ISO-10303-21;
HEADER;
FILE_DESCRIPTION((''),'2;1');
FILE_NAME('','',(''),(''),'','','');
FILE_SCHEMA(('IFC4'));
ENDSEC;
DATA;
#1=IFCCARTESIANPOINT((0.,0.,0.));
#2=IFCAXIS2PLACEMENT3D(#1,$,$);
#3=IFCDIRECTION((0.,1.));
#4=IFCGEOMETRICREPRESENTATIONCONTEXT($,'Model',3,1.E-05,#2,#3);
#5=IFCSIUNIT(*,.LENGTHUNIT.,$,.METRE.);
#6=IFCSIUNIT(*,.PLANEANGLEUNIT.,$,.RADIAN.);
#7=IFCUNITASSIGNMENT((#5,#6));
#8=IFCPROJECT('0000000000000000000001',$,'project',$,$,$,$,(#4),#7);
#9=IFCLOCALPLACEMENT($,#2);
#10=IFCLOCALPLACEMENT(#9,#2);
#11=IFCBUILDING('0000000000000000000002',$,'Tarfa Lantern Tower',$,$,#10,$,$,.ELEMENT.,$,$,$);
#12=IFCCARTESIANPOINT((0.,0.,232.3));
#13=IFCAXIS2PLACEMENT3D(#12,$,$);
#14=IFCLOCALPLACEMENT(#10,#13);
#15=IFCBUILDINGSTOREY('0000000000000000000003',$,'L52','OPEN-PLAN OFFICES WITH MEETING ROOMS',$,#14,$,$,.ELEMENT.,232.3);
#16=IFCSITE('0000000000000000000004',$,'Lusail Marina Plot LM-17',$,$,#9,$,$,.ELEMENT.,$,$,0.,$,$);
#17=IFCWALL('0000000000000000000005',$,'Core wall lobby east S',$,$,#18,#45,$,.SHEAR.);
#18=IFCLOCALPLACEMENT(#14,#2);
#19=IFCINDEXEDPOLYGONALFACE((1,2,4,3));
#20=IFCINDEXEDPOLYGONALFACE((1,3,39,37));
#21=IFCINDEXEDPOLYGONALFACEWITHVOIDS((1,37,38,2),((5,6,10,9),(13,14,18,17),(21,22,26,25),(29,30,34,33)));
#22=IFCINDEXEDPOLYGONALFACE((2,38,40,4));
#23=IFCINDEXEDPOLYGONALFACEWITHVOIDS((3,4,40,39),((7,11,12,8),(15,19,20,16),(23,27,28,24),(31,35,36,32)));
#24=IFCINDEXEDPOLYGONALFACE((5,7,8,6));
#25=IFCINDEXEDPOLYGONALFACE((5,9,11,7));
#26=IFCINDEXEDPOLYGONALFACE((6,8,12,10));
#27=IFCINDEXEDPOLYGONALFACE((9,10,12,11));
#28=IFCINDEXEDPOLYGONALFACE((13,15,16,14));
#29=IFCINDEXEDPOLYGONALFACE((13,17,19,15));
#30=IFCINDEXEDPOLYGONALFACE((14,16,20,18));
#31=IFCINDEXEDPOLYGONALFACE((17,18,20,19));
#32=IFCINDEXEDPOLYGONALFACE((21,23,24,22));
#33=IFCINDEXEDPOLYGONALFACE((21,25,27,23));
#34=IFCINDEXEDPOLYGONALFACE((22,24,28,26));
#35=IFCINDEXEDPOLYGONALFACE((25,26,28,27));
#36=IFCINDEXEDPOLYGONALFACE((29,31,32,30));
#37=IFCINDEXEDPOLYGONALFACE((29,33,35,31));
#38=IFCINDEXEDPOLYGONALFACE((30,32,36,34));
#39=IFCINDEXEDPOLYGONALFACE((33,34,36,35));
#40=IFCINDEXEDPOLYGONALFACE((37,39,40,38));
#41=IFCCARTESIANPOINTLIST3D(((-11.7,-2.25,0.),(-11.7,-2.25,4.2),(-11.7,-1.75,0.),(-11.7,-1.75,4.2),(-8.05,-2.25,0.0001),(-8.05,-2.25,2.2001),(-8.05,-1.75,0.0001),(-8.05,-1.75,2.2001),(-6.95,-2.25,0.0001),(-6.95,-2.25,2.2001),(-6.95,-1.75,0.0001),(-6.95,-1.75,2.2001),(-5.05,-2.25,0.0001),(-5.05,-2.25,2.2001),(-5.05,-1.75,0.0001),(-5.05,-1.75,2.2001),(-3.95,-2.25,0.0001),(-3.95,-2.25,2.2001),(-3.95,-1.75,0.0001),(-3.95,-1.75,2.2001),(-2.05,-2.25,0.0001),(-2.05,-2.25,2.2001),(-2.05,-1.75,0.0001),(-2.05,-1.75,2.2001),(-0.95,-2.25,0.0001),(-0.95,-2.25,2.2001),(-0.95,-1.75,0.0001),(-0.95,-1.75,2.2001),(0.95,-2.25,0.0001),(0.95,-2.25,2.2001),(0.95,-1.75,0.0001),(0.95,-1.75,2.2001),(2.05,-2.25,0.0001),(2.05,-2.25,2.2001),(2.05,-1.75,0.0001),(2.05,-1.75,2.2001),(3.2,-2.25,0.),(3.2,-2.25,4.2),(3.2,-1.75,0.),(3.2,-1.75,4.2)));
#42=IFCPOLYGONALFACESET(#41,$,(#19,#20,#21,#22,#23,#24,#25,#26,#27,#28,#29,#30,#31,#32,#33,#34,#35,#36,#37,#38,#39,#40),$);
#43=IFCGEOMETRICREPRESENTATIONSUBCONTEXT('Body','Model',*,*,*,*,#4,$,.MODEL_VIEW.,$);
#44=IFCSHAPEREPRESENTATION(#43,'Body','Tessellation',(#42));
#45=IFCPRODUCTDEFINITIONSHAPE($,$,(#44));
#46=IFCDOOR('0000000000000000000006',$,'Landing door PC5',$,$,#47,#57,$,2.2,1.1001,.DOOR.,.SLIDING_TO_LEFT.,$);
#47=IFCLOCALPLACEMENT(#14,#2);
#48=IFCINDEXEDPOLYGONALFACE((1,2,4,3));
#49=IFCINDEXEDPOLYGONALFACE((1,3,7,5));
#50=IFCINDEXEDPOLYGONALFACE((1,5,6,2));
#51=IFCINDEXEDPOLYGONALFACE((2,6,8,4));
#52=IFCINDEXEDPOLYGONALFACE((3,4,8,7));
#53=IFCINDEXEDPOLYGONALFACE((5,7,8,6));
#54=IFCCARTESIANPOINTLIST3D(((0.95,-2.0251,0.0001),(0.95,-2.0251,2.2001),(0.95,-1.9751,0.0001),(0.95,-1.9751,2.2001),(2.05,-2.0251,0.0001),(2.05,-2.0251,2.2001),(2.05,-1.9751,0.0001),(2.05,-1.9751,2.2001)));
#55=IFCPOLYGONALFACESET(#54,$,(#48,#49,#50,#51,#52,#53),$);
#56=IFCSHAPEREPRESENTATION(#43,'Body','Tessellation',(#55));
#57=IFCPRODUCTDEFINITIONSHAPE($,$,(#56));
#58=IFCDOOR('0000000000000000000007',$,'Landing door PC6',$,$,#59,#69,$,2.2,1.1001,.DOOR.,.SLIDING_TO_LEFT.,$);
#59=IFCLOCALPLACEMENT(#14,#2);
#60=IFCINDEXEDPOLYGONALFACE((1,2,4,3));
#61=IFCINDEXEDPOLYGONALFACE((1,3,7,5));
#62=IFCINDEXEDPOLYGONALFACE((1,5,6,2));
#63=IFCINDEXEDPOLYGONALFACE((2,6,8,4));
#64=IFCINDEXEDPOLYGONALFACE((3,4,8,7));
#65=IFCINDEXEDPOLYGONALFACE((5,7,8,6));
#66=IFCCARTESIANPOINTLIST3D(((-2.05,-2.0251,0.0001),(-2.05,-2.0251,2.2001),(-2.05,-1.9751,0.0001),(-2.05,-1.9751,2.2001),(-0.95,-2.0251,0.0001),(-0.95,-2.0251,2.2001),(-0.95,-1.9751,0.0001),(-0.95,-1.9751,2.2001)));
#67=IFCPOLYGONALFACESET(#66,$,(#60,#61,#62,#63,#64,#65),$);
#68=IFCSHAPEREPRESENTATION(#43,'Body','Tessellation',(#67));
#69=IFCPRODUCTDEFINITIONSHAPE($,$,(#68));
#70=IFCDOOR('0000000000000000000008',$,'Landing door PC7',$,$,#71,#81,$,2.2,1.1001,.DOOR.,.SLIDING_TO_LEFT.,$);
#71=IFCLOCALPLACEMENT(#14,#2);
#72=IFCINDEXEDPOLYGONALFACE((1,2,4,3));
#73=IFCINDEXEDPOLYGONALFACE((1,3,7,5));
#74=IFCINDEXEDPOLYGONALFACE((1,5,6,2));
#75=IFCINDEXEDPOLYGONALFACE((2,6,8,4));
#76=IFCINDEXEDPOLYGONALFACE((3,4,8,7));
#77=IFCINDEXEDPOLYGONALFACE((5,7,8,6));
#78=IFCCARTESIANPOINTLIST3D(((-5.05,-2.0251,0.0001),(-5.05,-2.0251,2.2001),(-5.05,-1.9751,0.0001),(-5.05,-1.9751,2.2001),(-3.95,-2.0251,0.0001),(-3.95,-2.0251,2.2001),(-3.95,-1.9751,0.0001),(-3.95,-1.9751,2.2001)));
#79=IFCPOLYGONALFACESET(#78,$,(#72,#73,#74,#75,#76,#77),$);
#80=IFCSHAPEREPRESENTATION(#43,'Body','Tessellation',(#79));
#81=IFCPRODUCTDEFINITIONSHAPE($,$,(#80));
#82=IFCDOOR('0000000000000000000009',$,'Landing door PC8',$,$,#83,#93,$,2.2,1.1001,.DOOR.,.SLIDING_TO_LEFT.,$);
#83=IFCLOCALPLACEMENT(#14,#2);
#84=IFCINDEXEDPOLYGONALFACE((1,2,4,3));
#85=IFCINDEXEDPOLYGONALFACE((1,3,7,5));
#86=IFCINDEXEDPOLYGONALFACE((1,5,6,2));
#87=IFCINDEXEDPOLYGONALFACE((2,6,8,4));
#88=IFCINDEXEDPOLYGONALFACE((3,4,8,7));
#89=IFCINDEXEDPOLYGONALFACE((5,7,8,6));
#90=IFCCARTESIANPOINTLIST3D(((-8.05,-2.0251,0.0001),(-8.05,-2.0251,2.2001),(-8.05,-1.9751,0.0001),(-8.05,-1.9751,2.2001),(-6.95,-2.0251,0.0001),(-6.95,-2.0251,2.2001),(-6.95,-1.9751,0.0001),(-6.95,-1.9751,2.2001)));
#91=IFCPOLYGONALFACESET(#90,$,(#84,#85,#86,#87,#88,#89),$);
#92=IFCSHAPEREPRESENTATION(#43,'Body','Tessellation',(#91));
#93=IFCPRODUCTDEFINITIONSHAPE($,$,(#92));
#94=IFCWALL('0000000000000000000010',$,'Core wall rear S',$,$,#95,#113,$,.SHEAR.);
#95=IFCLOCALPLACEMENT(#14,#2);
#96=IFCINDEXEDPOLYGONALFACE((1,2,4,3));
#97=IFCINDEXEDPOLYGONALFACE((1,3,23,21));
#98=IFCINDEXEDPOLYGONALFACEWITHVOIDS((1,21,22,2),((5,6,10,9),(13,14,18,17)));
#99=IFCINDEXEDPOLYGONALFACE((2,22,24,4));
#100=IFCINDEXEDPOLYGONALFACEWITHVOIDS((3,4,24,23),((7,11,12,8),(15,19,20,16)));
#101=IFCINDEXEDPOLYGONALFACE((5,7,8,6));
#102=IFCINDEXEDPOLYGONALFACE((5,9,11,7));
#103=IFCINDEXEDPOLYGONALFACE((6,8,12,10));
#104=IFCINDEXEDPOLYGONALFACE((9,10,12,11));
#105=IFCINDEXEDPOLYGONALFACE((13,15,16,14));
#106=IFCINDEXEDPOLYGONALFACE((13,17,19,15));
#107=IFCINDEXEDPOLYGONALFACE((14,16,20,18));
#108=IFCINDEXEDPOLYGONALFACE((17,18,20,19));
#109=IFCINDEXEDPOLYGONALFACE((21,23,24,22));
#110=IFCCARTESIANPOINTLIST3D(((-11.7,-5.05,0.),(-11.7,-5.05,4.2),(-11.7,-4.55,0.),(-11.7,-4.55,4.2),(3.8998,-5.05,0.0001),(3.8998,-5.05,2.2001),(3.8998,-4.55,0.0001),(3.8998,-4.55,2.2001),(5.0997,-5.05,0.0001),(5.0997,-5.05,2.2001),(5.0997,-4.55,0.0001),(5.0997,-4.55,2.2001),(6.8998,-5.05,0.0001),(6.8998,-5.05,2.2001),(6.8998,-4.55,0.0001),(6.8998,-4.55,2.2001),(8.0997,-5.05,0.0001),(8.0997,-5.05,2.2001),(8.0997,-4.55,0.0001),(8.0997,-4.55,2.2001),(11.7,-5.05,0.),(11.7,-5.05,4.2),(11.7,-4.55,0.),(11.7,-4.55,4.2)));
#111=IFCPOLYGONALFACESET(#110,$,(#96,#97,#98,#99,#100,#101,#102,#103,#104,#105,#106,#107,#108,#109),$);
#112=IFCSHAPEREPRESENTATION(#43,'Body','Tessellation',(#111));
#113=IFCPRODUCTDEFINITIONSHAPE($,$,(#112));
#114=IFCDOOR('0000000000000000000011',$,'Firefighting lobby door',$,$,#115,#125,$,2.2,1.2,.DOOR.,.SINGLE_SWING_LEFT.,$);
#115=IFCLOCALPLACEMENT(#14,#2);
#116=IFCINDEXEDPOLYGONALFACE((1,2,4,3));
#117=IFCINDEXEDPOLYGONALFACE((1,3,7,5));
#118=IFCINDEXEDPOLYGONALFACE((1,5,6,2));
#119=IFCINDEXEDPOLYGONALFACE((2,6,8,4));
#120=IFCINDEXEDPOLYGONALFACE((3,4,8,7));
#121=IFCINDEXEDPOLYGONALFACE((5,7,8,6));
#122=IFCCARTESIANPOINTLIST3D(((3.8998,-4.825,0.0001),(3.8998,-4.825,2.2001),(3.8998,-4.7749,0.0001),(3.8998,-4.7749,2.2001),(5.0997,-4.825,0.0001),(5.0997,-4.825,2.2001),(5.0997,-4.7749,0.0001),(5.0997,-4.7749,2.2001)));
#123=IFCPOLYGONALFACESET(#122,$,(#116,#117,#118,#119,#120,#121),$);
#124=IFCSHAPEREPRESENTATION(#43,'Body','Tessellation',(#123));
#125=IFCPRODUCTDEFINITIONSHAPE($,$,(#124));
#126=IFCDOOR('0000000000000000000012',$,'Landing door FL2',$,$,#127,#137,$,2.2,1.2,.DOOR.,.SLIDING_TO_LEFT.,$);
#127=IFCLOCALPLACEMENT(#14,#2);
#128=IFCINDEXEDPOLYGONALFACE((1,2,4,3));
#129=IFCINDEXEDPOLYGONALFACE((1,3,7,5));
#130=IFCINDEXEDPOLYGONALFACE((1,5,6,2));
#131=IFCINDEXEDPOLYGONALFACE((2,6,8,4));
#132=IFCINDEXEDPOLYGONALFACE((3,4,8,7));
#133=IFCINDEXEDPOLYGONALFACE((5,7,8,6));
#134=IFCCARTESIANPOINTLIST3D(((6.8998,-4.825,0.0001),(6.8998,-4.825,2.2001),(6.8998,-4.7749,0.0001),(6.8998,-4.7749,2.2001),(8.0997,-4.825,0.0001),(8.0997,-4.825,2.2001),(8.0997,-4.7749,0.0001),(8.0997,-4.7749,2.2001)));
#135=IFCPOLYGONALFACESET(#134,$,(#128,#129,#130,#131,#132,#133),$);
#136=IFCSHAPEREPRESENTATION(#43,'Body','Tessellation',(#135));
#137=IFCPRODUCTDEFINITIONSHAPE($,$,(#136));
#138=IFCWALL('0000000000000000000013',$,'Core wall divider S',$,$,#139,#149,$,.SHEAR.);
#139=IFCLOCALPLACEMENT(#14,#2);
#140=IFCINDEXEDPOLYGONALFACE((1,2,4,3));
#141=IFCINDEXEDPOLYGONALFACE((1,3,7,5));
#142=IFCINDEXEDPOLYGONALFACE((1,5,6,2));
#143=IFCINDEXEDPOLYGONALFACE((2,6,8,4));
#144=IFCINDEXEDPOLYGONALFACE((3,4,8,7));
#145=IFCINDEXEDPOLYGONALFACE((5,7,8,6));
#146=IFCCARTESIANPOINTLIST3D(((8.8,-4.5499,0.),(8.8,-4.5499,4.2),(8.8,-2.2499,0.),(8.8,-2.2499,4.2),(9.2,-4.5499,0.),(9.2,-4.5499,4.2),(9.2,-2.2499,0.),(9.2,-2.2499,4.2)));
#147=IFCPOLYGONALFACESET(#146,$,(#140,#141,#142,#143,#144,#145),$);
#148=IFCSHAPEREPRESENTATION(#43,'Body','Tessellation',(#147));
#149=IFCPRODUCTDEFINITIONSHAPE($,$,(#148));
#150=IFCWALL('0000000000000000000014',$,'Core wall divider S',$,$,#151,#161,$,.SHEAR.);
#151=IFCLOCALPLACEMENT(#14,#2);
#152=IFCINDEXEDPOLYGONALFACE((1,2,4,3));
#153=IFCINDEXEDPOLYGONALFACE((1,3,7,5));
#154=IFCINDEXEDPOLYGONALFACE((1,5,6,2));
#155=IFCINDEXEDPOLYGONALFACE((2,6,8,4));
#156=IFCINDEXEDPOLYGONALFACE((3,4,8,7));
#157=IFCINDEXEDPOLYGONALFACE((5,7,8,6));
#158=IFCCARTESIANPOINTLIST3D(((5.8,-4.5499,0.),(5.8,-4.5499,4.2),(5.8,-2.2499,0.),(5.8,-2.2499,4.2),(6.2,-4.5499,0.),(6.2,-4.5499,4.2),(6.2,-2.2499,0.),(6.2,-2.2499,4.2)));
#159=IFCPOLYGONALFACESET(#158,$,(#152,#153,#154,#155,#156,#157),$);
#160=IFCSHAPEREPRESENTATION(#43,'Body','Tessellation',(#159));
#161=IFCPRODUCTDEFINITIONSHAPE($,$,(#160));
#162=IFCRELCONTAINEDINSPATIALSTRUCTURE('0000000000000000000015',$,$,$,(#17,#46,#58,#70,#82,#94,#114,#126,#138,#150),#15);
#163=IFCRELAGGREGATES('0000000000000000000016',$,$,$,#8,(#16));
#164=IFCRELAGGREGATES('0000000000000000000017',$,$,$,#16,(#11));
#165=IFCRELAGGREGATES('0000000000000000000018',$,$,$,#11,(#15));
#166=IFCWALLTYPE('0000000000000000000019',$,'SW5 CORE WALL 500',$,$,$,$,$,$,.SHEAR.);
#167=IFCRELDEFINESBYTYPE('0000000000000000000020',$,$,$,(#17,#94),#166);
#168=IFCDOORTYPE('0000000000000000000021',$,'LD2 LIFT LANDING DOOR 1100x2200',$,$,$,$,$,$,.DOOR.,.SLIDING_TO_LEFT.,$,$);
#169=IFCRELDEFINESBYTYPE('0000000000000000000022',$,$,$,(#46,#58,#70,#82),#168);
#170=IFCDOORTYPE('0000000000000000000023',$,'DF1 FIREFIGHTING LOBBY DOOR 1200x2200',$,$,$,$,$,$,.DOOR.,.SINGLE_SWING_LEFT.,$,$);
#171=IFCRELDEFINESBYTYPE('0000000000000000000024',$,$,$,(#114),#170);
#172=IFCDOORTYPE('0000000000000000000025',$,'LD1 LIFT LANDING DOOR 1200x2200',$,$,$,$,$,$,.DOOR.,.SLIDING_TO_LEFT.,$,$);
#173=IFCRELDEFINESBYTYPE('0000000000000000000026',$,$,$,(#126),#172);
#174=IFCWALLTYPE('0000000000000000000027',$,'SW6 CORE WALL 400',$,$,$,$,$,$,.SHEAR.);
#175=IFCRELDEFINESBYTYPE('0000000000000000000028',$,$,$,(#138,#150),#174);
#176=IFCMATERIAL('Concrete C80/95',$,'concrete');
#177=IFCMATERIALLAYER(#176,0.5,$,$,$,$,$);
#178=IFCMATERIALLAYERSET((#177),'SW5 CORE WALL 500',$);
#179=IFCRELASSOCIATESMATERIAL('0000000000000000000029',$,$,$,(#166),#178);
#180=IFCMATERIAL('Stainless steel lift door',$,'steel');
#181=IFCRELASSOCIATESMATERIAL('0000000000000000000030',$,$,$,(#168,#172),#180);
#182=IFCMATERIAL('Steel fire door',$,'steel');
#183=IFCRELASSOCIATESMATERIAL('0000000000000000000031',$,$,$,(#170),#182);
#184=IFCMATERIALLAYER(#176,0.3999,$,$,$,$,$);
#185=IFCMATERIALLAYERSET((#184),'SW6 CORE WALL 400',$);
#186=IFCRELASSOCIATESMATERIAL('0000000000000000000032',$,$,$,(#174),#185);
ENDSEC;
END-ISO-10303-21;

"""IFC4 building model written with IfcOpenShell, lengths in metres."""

from ifc_helpers import new_model, si_unit, direction, frame, frame_2d, origin, place, context, subcontext, project, spatial, rectangle, extrude, material, layer, layer_set, type_object, element, fill, save


model = new_model("IFC4")

# Units and contexts
model_context = context("Model", 3, precision=1e-05, world=origin(), true_north=direction((0.0, 1.0)))
body_context = subcontext(model_context, "Body", "Model", "MODEL_VIEW")
ifc_project = project(units=[si_unit("LENGTHUNIT", "METRE"), si_unit("PLANEANGLEUNIT", "RADIAN")], contexts=[model_context])

# Site, building, storey
site_placement = place(None, origin())
site = spatial("IfcSite", under=ifc_project, at=site_placement, Name="Lusail Marina Plot LM-17", CompositionType="ELEMENT", RefElevation=0.0)
building_placement = place(site_placement, origin())
building = spatial("IfcBuilding", under=site, at=building_placement, Name="Tarfa Lantern Tower", CompositionType="ELEMENT")
storey_placement = place(building_placement, frame((0.0, 0.0, 232.3)))
storey = spatial("IfcBuildingStorey", under=building, at=storey_placement, Name="L52", Description="OPEN-PLAN OFFICES WITH MEETING ROOMS", CompositionType="ELEMENT", Elevation=232.3)

# Shared definitions
ifc_material_1 = material(Name="Concrete C80/95", Category="concrete")

# Shared definitions
ifc_material_2 = material(Name="Steel fire door", Category="steel")

# Shared definitions
ifc_layer_1 = layer(ifc_material_1, 0.5)
ifc_layer_set_1 = layer_set([ifc_layer_1], Name="SW5 CORE WALL 500")
wall_type_1 = type_object("IfcWallType", Name="SW5 CORE WALL 500", PredefinedType="SHEAR", material=ifc_layer_set_1)

# Walls, openings, doors
wall_1_placement = place(storey_placement, frame((3.2, -2.0, 0.0), z_axis=(0.0, 0.0, 1.0), x_axis=(-1.0, 0.0, 0.0)))
wall_1 = element("IfcWall", 1, at=wall_1_placement, inside=storey, type_object=wall_type_1, Name="Core wall lobby east S", PredefinedType="SHEAR", context=body_context, shape_type="SweptSolid", body=[
    extrude(rectangle(XDim=14.8999, YDim=0.5, at=frame_2d((7.45, 0.0))), origin(), (0.0, 0.0, 1.0), 4.2),
])
opening_1_placement = place(wall_1_placement, frame((1.1499, 0.0, 0.0)))
opening_1 = element("IfcOpeningElement", 2, at=opening_1_placement, cuts=wall_1, PredefinedType="OPENING", context=body_context, shape_type="SweptSolid", body=[
    extrude(rectangle(XDim=1.1001, YDim=2.2, at=frame_2d((0.55, 1.1001))), frame((0.0, 0.26, 0.0), z_axis=(0.0, -1.0, 0.0), x_axis=(1.0, 0.0, 0.0)), (0.0, 0.0, 1.0), 0.52),
])
opening_2_placement = place(wall_1_placement, frame((4.1499, 0.0, 0.0)))
opening_2 = element("IfcOpeningElement", 3, at=opening_2_placement, cuts=wall_1, PredefinedType="OPENING", context=body_context, shape_type="SweptSolid", body=[
    extrude(rectangle(XDim=1.1001, YDim=2.2, at=frame_2d((0.55, 1.1001))), frame((0.0, 0.26, 0.0), z_axis=(0.0, -1.0, 0.0), x_axis=(1.0, 0.0, 0.0)), (0.0, 0.0, 1.0), 0.52),
])
opening_3_placement = place(wall_1_placement, frame((7.1499, 0.0, 0.0)))
opening_3 = element("IfcOpeningElement", 4, at=opening_3_placement, cuts=wall_1, PredefinedType="OPENING", context=body_context, shape_type="SweptSolid", body=[
    extrude(rectangle(XDim=1.1001, YDim=2.2, at=frame_2d((0.55, 1.1001))), frame((0.0, 0.26, 0.0), z_axis=(0.0, -1.0, 0.0), x_axis=(1.0, 0.0, 0.0)), (0.0, 0.0, 1.0), 0.52),
])
opening_4_placement = place(wall_1_placement, frame((10.1499, 0.0, 0.0)))
opening_4 = element("IfcOpeningElement", 5, at=opening_4_placement, cuts=wall_1, PredefinedType="OPENING", context=body_context, shape_type="SweptSolid", body=[
    extrude(rectangle(XDim=1.1001, YDim=2.2, at=frame_2d((0.55, 1.1001))), frame((0.0, 0.26, 0.0), z_axis=(0.0, -1.0, 0.0), x_axis=(1.0, 0.0, 0.0)), (0.0, 0.0, 1.0), 0.52),
])
ifc_material_3 = material(Name="Stainless steel lift door", Category="steel")
door_type_1 = type_object("IfcDoorType", Name="LD2 LIFT LANDING DOOR 1100x2200", OperationType="SLIDING_TO_LEFT", PredefinedType="DOOR", material=ifc_material_3)
door_1_placement = place(opening_1_placement, frame((1.1001, 0.0, 0.0), z_axis=(0.0, 0.0, 1.0), x_axis=(-1.0, 0.0, 0.0)))
door_1 = element("IfcDoor", 6, at=door_1_placement, inside=storey, type_object=door_type_1, Name="Landing door PC5", OperationType="SLIDING_TO_LEFT", OverallHeight=2.2, OverallWidth=1.1001, PredefinedType="DOOR", context=body_context, shape_type="SweptSolid", body=[
    extrude(rectangle(XDim=1.1001, YDim=2.2, at=frame_2d((0.55, 1.1001))), frame((0.0, 0.0249, 0.0), z_axis=(0.0, -1.0, 0.0), x_axis=(1.0, 0.0, 0.0)), (0.0, 0.0, 1.0), 0.05),
])
fill(opening_1, door_1)
door_2_placement = place(opening_2_placement, frame((1.1001, 0.0, 0.0), z_axis=(0.0, 0.0, 1.0), x_axis=(-1.0, 0.0, 0.0)))
door_2 = element("IfcDoor", 7, at=door_2_placement, inside=storey, type_object=door_type_1, Name="Landing door PC6", OperationType="SLIDING_TO_LEFT", OverallHeight=2.2, OverallWidth=1.1001, PredefinedType="DOOR", context=body_context, shape_type="SweptSolid", body=[
    extrude(rectangle(XDim=1.1001, YDim=2.2, at=frame_2d((0.55, 1.1001))), frame((0.0, 0.0249, 0.0), z_axis=(0.0, -1.0, 0.0), x_axis=(1.0, 0.0, 0.0)), (0.0, 0.0, 1.0), 0.05),
])
fill(opening_2, door_2)
door_3_placement = place(opening_3_placement, frame((1.1001, 0.0, 0.0), z_axis=(0.0, 0.0, 1.0), x_axis=(-1.0, 0.0, 0.0)))
door_3 = element("IfcDoor", 8, at=door_3_placement, inside=storey, type_object=door_type_1, Name="Landing door PC7", OperationType="SLIDING_TO_LEFT", OverallHeight=2.2, OverallWidth=1.1001, PredefinedType="DOOR", context=body_context, shape_type="SweptSolid", body=[
    extrude(rectangle(XDim=1.1001, YDim=2.2, at=frame_2d((0.55, 1.1001))), frame((0.0, 0.0249, 0.0), z_axis=(0.0, -1.0, 0.0), x_axis=(1.0, 0.0, 0.0)), (0.0, 0.0, 1.0), 0.05),
])
fill(opening_3, door_3)
door_4_placement = place(opening_4_placement, frame((1.1001, 0.0, 0.0), z_axis=(0.0, 0.0, 1.0), x_axis=(-1.0, 0.0, 0.0)))
door_4 = element("IfcDoor", 9, at=door_4_placement, inside=storey, type_object=door_type_1, Name="Landing door PC8", OperationType="SLIDING_TO_LEFT", OverallHeight=2.2, OverallWidth=1.1001, PredefinedType="DOOR", context=body_context, shape_type="SweptSolid", body=[
    extrude(rectangle(XDim=1.1001, YDim=2.2, at=frame_2d((0.55, 1.1001))), frame((0.0, 0.0249, 0.0), z_axis=(0.0, -1.0, 0.0), x_axis=(1.0, 0.0, 0.0)), (0.0, 0.0, 1.0), 0.05),
])
fill(opening_4, door_4)
wall_2_placement = place(storey_placement, frame((11.7, -4.8, 0.0), z_axis=(0.0, 0.0, 1.0), x_axis=(-1.0, 0.0, 0.0)))
wall_2 = element("IfcWall", 10, at=wall_2_placement, inside=storey, type_object=wall_type_1, Name="Core wall rear S", PredefinedType="SHEAR", context=body_context, shape_type="SweptSolid", body=[
    extrude(rectangle(XDim=23.3999, YDim=0.5, at=frame_2d((11.7, 0.0))), origin(), (0.0, 0.0, 1.0), 4.2),
])
opening_5_placement = place(wall_2_placement, frame((6.6001, 0.0, 0.0)))
opening_5 = element("IfcOpeningElement", 11, at=opening_5_placement, cuts=wall_2, PredefinedType="OPENING", context=body_context, shape_type="SweptSolid", body=[
    extrude(rectangle(XDim=1.2, YDim=2.2, at=frame_2d((0.6001, 1.1001))), frame((0.0, 0.26, 0.0), z_axis=(0.0, -1.0, 0.0), x_axis=(1.0, 0.0, 0.0)), (0.0, 0.0, 1.0), 0.52),
])
opening_6_placement = place(wall_2_placement, frame((3.6001, 0.0, 0.0)))
opening_6 = element("IfcOpeningElement", 12, at=opening_6_placement, cuts=wall_2, PredefinedType="OPENING", context=body_context, shape_type="SweptSolid", body=[
    extrude(rectangle(XDim=1.2, YDim=2.2, at=frame_2d((0.6001, 1.1001))), frame((0.0, 0.26, 0.0), z_axis=(0.0, -1.0, 0.0), x_axis=(1.0, 0.0, 0.0)), (0.0, 0.0, 1.0), 0.52),
])
door_type_2 = type_object("IfcDoorType", Name="DF1 FIREFIGHTING LOBBY DOOR 1200x2200", OperationType="SINGLE_SWING_LEFT", PredefinedType="DOOR", material=ifc_material_2)
door_5_placement = place(opening_5_placement, origin())
door_5 = element("IfcDoor", 13, at=door_5_placement, inside=storey, type_object=door_type_2, Name="Firefighting lobby door", OperationType="SINGLE_SWING_LEFT", OverallHeight=2.2, OverallWidth=1.2, PredefinedType="DOOR", context=body_context, shape_type="SweptSolid", body=[
    extrude(rectangle(XDim=1.2, YDim=2.2, at=frame_2d((0.6001, 1.1001))), frame((0.0, 0.0249, 0.0), z_axis=(0.0, -1.0, 0.0), x_axis=(1.0, 0.0, 0.0)), (0.0, 0.0, 1.0), 0.05),
])
fill(opening_5, door_5)
door_type_3 = type_object("IfcDoorType", Name="LD1 LIFT LANDING DOOR 1200x2200", OperationType="SLIDING_TO_LEFT", PredefinedType="DOOR", material=ifc_material_3)
door_6_placement = place(opening_6_placement, origin())
door_6 = element("IfcDoor", 14, at=door_6_placement, inside=storey, type_object=door_type_3, Name="Landing door FL2", OperationType="SLIDING_TO_LEFT", OverallHeight=2.2, OverallWidth=1.2, PredefinedType="DOOR", context=body_context, shape_type="SweptSolid", body=[
    extrude(rectangle(XDim=1.2, YDim=2.2, at=frame_2d((0.6001, 1.1001))), frame((0.0, 0.0249, 0.0), z_axis=(0.0, -1.0, 0.0), x_axis=(1.0, 0.0, 0.0)), (0.0, 0.0, 1.0), 0.05),
])
fill(opening_6, door_6)

# Walls
ifc_layer_2 = layer(ifc_material_1, 0.3999)
ifc_layer_set_2 = layer_set([ifc_layer_2], Name="SW6 CORE WALL 400")
wall_type_2 = type_object("IfcWallType", Name="SW6 CORE WALL 400", PredefinedType="SHEAR", material=ifc_layer_set_2)
for number, where, z_axis, x_axis, name in (
    (15, (9.0, -2.25, 0.0), (0.0, 0.0, 1.0), (0.0, -1.0, 0.0), "Core wall divider S"),
    (16, (6.0, -2.25, 0.0), (0.0, 0.0, 1.0), (0.0, -1.0, 0.0), "Core wall divider S"),
):
    element("IfcWall", number, at=place(storey_placement, frame(where, z_axis=z_axis, x_axis=x_axis)), inside=storey, type_object=wall_type_2, Name=name, PredefinedType="SHEAR", context=body_context, shape_type="SweptSolid", body=[
        extrude(rectangle(XDim=2.3, YDim=0.3999, at=frame_2d((1.1499, 0.0))), origin(), (0.0, 0.0, 1.0), 4.2),
    ])

save(model, "model.ifc")
